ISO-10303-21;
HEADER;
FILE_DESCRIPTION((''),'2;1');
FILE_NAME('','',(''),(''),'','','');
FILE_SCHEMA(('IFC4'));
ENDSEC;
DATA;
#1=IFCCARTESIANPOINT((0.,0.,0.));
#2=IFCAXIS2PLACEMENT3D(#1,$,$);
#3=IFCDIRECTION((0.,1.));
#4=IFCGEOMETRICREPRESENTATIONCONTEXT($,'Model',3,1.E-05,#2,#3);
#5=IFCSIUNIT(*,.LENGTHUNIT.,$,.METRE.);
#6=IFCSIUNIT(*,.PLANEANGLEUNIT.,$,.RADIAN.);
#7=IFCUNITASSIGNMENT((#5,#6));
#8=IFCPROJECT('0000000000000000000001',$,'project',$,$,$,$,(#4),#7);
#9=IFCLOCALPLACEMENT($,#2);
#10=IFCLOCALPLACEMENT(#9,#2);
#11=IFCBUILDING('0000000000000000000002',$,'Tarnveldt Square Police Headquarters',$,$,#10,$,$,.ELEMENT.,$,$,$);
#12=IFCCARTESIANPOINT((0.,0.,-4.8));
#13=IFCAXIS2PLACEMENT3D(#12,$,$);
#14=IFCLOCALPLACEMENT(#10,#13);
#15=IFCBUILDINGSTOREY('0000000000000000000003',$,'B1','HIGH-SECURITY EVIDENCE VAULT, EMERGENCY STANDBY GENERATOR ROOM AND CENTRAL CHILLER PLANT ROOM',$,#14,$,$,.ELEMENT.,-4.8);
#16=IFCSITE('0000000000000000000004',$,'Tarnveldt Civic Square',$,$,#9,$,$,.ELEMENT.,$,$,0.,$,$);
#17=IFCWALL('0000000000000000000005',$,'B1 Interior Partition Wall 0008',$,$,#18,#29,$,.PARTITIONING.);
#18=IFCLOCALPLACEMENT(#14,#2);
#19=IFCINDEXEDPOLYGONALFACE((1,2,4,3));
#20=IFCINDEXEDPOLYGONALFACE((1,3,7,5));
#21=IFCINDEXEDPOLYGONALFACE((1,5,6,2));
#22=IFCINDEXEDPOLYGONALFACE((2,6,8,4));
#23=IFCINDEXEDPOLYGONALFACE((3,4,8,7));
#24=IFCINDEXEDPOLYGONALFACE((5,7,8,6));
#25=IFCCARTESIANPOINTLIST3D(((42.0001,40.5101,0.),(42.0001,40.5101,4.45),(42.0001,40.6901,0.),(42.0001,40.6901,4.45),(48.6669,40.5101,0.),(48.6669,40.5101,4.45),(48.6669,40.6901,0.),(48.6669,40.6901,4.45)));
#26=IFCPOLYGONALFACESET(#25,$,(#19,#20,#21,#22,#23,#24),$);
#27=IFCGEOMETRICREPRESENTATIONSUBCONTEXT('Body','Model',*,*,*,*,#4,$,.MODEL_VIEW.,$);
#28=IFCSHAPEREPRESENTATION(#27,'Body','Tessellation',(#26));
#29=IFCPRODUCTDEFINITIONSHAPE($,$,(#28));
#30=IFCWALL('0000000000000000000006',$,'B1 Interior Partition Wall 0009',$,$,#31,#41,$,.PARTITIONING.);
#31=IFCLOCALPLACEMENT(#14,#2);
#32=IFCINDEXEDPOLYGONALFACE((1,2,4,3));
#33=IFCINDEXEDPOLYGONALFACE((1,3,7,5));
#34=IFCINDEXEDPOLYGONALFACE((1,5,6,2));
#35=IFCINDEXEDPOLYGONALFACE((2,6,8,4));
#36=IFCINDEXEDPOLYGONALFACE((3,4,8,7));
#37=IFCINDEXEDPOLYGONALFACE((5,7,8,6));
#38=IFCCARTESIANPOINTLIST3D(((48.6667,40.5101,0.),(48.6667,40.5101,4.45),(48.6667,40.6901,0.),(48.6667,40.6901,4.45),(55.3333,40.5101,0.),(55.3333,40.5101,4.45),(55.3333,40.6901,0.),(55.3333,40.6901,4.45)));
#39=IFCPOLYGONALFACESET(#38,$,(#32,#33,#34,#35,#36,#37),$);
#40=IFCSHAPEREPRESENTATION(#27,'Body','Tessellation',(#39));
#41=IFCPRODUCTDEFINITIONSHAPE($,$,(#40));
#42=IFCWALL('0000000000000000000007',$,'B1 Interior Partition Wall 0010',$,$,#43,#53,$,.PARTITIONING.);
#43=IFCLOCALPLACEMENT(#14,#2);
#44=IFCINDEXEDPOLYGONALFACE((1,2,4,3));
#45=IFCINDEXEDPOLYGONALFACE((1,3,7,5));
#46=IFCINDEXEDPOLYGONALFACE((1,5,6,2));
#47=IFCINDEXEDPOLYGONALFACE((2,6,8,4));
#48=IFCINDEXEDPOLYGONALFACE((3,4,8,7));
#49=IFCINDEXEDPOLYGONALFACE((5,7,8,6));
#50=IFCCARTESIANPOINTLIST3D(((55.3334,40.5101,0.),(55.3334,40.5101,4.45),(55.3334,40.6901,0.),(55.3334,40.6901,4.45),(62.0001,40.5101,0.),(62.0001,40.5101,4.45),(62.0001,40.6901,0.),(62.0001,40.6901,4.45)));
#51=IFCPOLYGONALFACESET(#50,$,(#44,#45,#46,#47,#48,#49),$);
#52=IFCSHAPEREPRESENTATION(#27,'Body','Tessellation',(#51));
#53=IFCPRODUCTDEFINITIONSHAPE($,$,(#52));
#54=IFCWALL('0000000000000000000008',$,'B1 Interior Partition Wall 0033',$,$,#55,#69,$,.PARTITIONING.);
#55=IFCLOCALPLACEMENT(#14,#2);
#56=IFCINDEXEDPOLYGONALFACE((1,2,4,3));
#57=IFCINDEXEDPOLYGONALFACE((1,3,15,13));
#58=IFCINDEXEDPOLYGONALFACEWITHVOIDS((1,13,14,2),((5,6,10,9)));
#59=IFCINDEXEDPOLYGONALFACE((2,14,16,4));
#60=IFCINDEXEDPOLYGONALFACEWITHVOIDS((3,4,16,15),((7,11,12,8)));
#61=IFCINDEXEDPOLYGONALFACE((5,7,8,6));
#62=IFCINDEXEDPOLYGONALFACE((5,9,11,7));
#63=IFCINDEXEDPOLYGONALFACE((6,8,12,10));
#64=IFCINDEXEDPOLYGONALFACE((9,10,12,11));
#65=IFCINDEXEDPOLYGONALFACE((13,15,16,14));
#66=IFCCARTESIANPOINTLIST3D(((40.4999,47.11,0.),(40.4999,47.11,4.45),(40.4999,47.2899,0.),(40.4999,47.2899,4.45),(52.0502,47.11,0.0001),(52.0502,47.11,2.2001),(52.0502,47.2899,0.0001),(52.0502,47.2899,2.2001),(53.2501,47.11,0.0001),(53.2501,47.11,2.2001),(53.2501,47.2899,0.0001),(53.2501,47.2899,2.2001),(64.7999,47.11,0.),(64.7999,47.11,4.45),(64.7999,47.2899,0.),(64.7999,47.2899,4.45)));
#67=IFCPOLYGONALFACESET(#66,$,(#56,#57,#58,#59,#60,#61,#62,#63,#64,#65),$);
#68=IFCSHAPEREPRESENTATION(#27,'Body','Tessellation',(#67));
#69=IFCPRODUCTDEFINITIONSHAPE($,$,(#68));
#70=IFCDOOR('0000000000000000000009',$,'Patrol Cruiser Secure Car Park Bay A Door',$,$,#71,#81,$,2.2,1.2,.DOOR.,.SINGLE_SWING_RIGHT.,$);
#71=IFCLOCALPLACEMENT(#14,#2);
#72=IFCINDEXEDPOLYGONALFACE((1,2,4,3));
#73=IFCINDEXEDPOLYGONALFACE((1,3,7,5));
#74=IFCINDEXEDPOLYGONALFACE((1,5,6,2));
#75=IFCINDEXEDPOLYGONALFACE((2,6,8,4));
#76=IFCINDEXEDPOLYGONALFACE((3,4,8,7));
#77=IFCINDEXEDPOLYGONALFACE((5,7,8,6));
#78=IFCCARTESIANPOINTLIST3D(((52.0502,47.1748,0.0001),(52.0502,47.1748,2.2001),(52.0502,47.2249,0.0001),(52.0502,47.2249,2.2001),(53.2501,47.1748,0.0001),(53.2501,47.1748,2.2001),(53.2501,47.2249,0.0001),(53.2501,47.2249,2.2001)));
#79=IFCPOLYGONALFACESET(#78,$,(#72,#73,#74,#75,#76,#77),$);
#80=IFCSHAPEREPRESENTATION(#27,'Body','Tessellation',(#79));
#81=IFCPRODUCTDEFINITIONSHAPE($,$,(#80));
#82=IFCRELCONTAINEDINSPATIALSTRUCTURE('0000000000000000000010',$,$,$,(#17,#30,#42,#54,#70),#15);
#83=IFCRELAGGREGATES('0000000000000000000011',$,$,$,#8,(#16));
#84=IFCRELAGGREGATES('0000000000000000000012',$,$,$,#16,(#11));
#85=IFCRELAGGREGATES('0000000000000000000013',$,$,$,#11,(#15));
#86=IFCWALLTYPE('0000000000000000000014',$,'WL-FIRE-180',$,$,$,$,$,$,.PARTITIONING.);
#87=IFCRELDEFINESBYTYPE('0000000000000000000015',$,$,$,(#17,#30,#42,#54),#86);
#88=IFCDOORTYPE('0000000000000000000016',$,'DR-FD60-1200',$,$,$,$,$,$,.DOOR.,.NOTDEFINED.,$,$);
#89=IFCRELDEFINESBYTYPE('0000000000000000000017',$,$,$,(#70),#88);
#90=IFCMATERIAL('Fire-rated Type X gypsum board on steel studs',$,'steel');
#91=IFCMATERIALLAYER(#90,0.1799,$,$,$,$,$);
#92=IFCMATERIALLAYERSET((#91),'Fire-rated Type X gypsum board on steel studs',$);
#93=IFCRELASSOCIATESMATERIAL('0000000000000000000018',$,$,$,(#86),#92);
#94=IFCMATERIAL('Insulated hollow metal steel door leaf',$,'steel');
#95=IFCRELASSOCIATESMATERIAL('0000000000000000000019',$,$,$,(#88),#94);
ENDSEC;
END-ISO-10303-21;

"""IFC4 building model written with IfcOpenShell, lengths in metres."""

from ifc_helpers import new_model, si_unit, direction, frame, frame_2d, origin, place, context, subcontext, project, spatial, rectangle, extrude, material, layer, layer_set, type_object, element, fill, save


model = new_model("IFC4")

# Units and contexts
model_context = context("Model", 3, precision=1e-05, world=origin(), true_north=direction((0.0, 1.0)))
body_context = subcontext(model_context, "Body", "Model", "MODEL_VIEW")
ifc_project = project(units=[si_unit("LENGTHUNIT", "METRE"), si_unit("PLANEANGLEUNIT", "RADIAN")], contexts=[model_context])

# Site, building, storey
site_placement = place(None, origin())
site = spatial("IfcSite", under=ifc_project, at=site_placement, Name="Tarnveldt Civic Square", CompositionType="ELEMENT", RefElevation=0.0)
building_placement = place(site_placement, origin())
building = spatial("IfcBuilding", under=site, at=building_placement, Name="Tarnveldt Square Police Headquarters", CompositionType="ELEMENT")
storey_placement = place(building_placement, frame((0.0, 0.0, -4.8)))
storey = spatial("IfcBuildingStorey", under=building, at=storey_placement, Name="B1", Description="HIGH-SECURITY EVIDENCE VAULT, EMERGENCY STANDBY GENERATOR ROOM AND CENTRAL CHILLER PLANT ROOM", CompositionType="ELEMENT", Elevation=-4.8)

# Walls
ifc_material_1 = material(Name="Fire-rated Type X gypsum board on steel studs", Category="steel")
ifc_layer = layer(ifc_material_1, 0.1799)
ifc_layer_set = layer_set([ifc_layer], Name="Fire-rated Type X gypsum board on steel studs")
wall_type = type_object("IfcWallType", Name="WL-FIRE-180", PredefinedType="PARTITIONING", material=ifc_layer_set)
wall_1_placement = place(storey_placement, frame((42.0, 40.6001, 0.0), z_axis=(0.0, 0.0, 1.0), x_axis=(1.0, 0.0, 0.0)))
element("IfcWall", 1, at=wall_1_placement, inside=storey, type_object=wall_type, Name="B1 Interior Partition Wall 0008", PredefinedType="PARTITIONING", context=body_context, shape_type="SweptSolid", body=[
    extrude(rectangle(XDim=6.6667, YDim=0.1799, at=frame_2d((3.3335, 0.0))), origin(), (0.0, 0.0, 1.0), 4.45),
])
wall_2_placement = place(storey_placement, frame((48.6667, 40.6001, 0.0), z_axis=(0.0, 0.0, 1.0), x_axis=(1.0, 0.0, 0.0)))
element("IfcWall", 2, at=wall_2_placement, inside=storey, type_object=wall_type, Name="B1 Interior Partition Wall 0009", PredefinedType="PARTITIONING", context=body_context, shape_type="SweptSolid", body=[
    extrude(rectangle(XDim=6.6665, YDim=0.1799, at=frame_2d((3.3333, 0.0))), origin(), (0.0, 0.0, 1.0), 4.45),
])
wall_3_placement = place(storey_placement, frame((55.3333, 40.6001, 0.0), z_axis=(0.0, 0.0, 1.0), x_axis=(1.0, 0.0, 0.0)))
element("IfcWall", 3, at=wall_3_placement, inside=storey, type_object=wall_type, Name="B1 Interior Partition Wall 0010", PredefinedType="PARTITIONING", context=body_context, shape_type="SweptSolid", body=[
    extrude(rectangle(XDim=6.6667, YDim=0.1799, at=frame_2d((3.3335, 0.0))), origin(), (0.0, 0.0, 1.0), 4.45),
])

# Wall, opening, door
wall_4_placement = place(storey_placement, frame((40.5, 47.2, 0.0), z_axis=(0.0, 0.0, 1.0), x_axis=(1.0, 0.0, 0.0)))
wall_4 = element("IfcWall", 4, at=wall_4_placement, inside=storey, type_object=wall_type, Name="B1 Interior Partition Wall 0033", PredefinedType="PARTITIONING", context=body_context, shape_type="SweptSolid", body=[
    extrude(rectangle(XDim=24.3, YDim=0.1799, at=frame_2d((12.1499, 0.0))), origin(), (0.0, 0.0, 1.0), 4.45),
])
opening_placement = place(wall_4_placement, frame((11.55, 0.0, 0.0)))
opening = element("IfcOpeningElement", 5, at=opening_placement, cuts=wall_4, PredefinedType="OPENING", context=body_context, shape_type="SweptSolid", body=[
    extrude(rectangle(XDim=1.2, YDim=2.2, at=frame_2d((0.6001, 1.1001))), frame((0.0, 0.0999, 0.0), z_axis=(0.0, -1.0, 0.0), x_axis=(1.0, 0.0, 0.0)), (0.0, 0.0, 1.0), 0.2),
])
ifc_material_2 = material(Name="Insulated hollow metal steel door leaf", Category="steel")
door_type = type_object("IfcDoorType", Name="DR-FD60-1200", OperationType="NOTDEFINED", PredefinedType="DOOR", material=ifc_material_2)
door_placement = place(opening_placement, origin())
door = element("IfcDoor", 6, at=door_placement, inside=storey, type_object=door_type, Name="Patrol Cruiser Secure Car Park Bay A Door", OperationType="SINGLE_SWING_RIGHT", OverallHeight=2.2, OverallWidth=1.2, PredefinedType="DOOR", context=body_context, shape_type="SweptSolid", body=[
    extrude(rectangle(XDim=1.2, YDim=2.2, at=frame_2d((0.6001, 1.1001))), frame((0.0, 0.0249, 0.0), z_axis=(0.0, -1.0, 0.0), x_axis=(1.0, 0.0, 0.0)), (0.0, 0.0, 1.0), 0.05),
])
fill(opening, door)

save(model, "model.ifc")
